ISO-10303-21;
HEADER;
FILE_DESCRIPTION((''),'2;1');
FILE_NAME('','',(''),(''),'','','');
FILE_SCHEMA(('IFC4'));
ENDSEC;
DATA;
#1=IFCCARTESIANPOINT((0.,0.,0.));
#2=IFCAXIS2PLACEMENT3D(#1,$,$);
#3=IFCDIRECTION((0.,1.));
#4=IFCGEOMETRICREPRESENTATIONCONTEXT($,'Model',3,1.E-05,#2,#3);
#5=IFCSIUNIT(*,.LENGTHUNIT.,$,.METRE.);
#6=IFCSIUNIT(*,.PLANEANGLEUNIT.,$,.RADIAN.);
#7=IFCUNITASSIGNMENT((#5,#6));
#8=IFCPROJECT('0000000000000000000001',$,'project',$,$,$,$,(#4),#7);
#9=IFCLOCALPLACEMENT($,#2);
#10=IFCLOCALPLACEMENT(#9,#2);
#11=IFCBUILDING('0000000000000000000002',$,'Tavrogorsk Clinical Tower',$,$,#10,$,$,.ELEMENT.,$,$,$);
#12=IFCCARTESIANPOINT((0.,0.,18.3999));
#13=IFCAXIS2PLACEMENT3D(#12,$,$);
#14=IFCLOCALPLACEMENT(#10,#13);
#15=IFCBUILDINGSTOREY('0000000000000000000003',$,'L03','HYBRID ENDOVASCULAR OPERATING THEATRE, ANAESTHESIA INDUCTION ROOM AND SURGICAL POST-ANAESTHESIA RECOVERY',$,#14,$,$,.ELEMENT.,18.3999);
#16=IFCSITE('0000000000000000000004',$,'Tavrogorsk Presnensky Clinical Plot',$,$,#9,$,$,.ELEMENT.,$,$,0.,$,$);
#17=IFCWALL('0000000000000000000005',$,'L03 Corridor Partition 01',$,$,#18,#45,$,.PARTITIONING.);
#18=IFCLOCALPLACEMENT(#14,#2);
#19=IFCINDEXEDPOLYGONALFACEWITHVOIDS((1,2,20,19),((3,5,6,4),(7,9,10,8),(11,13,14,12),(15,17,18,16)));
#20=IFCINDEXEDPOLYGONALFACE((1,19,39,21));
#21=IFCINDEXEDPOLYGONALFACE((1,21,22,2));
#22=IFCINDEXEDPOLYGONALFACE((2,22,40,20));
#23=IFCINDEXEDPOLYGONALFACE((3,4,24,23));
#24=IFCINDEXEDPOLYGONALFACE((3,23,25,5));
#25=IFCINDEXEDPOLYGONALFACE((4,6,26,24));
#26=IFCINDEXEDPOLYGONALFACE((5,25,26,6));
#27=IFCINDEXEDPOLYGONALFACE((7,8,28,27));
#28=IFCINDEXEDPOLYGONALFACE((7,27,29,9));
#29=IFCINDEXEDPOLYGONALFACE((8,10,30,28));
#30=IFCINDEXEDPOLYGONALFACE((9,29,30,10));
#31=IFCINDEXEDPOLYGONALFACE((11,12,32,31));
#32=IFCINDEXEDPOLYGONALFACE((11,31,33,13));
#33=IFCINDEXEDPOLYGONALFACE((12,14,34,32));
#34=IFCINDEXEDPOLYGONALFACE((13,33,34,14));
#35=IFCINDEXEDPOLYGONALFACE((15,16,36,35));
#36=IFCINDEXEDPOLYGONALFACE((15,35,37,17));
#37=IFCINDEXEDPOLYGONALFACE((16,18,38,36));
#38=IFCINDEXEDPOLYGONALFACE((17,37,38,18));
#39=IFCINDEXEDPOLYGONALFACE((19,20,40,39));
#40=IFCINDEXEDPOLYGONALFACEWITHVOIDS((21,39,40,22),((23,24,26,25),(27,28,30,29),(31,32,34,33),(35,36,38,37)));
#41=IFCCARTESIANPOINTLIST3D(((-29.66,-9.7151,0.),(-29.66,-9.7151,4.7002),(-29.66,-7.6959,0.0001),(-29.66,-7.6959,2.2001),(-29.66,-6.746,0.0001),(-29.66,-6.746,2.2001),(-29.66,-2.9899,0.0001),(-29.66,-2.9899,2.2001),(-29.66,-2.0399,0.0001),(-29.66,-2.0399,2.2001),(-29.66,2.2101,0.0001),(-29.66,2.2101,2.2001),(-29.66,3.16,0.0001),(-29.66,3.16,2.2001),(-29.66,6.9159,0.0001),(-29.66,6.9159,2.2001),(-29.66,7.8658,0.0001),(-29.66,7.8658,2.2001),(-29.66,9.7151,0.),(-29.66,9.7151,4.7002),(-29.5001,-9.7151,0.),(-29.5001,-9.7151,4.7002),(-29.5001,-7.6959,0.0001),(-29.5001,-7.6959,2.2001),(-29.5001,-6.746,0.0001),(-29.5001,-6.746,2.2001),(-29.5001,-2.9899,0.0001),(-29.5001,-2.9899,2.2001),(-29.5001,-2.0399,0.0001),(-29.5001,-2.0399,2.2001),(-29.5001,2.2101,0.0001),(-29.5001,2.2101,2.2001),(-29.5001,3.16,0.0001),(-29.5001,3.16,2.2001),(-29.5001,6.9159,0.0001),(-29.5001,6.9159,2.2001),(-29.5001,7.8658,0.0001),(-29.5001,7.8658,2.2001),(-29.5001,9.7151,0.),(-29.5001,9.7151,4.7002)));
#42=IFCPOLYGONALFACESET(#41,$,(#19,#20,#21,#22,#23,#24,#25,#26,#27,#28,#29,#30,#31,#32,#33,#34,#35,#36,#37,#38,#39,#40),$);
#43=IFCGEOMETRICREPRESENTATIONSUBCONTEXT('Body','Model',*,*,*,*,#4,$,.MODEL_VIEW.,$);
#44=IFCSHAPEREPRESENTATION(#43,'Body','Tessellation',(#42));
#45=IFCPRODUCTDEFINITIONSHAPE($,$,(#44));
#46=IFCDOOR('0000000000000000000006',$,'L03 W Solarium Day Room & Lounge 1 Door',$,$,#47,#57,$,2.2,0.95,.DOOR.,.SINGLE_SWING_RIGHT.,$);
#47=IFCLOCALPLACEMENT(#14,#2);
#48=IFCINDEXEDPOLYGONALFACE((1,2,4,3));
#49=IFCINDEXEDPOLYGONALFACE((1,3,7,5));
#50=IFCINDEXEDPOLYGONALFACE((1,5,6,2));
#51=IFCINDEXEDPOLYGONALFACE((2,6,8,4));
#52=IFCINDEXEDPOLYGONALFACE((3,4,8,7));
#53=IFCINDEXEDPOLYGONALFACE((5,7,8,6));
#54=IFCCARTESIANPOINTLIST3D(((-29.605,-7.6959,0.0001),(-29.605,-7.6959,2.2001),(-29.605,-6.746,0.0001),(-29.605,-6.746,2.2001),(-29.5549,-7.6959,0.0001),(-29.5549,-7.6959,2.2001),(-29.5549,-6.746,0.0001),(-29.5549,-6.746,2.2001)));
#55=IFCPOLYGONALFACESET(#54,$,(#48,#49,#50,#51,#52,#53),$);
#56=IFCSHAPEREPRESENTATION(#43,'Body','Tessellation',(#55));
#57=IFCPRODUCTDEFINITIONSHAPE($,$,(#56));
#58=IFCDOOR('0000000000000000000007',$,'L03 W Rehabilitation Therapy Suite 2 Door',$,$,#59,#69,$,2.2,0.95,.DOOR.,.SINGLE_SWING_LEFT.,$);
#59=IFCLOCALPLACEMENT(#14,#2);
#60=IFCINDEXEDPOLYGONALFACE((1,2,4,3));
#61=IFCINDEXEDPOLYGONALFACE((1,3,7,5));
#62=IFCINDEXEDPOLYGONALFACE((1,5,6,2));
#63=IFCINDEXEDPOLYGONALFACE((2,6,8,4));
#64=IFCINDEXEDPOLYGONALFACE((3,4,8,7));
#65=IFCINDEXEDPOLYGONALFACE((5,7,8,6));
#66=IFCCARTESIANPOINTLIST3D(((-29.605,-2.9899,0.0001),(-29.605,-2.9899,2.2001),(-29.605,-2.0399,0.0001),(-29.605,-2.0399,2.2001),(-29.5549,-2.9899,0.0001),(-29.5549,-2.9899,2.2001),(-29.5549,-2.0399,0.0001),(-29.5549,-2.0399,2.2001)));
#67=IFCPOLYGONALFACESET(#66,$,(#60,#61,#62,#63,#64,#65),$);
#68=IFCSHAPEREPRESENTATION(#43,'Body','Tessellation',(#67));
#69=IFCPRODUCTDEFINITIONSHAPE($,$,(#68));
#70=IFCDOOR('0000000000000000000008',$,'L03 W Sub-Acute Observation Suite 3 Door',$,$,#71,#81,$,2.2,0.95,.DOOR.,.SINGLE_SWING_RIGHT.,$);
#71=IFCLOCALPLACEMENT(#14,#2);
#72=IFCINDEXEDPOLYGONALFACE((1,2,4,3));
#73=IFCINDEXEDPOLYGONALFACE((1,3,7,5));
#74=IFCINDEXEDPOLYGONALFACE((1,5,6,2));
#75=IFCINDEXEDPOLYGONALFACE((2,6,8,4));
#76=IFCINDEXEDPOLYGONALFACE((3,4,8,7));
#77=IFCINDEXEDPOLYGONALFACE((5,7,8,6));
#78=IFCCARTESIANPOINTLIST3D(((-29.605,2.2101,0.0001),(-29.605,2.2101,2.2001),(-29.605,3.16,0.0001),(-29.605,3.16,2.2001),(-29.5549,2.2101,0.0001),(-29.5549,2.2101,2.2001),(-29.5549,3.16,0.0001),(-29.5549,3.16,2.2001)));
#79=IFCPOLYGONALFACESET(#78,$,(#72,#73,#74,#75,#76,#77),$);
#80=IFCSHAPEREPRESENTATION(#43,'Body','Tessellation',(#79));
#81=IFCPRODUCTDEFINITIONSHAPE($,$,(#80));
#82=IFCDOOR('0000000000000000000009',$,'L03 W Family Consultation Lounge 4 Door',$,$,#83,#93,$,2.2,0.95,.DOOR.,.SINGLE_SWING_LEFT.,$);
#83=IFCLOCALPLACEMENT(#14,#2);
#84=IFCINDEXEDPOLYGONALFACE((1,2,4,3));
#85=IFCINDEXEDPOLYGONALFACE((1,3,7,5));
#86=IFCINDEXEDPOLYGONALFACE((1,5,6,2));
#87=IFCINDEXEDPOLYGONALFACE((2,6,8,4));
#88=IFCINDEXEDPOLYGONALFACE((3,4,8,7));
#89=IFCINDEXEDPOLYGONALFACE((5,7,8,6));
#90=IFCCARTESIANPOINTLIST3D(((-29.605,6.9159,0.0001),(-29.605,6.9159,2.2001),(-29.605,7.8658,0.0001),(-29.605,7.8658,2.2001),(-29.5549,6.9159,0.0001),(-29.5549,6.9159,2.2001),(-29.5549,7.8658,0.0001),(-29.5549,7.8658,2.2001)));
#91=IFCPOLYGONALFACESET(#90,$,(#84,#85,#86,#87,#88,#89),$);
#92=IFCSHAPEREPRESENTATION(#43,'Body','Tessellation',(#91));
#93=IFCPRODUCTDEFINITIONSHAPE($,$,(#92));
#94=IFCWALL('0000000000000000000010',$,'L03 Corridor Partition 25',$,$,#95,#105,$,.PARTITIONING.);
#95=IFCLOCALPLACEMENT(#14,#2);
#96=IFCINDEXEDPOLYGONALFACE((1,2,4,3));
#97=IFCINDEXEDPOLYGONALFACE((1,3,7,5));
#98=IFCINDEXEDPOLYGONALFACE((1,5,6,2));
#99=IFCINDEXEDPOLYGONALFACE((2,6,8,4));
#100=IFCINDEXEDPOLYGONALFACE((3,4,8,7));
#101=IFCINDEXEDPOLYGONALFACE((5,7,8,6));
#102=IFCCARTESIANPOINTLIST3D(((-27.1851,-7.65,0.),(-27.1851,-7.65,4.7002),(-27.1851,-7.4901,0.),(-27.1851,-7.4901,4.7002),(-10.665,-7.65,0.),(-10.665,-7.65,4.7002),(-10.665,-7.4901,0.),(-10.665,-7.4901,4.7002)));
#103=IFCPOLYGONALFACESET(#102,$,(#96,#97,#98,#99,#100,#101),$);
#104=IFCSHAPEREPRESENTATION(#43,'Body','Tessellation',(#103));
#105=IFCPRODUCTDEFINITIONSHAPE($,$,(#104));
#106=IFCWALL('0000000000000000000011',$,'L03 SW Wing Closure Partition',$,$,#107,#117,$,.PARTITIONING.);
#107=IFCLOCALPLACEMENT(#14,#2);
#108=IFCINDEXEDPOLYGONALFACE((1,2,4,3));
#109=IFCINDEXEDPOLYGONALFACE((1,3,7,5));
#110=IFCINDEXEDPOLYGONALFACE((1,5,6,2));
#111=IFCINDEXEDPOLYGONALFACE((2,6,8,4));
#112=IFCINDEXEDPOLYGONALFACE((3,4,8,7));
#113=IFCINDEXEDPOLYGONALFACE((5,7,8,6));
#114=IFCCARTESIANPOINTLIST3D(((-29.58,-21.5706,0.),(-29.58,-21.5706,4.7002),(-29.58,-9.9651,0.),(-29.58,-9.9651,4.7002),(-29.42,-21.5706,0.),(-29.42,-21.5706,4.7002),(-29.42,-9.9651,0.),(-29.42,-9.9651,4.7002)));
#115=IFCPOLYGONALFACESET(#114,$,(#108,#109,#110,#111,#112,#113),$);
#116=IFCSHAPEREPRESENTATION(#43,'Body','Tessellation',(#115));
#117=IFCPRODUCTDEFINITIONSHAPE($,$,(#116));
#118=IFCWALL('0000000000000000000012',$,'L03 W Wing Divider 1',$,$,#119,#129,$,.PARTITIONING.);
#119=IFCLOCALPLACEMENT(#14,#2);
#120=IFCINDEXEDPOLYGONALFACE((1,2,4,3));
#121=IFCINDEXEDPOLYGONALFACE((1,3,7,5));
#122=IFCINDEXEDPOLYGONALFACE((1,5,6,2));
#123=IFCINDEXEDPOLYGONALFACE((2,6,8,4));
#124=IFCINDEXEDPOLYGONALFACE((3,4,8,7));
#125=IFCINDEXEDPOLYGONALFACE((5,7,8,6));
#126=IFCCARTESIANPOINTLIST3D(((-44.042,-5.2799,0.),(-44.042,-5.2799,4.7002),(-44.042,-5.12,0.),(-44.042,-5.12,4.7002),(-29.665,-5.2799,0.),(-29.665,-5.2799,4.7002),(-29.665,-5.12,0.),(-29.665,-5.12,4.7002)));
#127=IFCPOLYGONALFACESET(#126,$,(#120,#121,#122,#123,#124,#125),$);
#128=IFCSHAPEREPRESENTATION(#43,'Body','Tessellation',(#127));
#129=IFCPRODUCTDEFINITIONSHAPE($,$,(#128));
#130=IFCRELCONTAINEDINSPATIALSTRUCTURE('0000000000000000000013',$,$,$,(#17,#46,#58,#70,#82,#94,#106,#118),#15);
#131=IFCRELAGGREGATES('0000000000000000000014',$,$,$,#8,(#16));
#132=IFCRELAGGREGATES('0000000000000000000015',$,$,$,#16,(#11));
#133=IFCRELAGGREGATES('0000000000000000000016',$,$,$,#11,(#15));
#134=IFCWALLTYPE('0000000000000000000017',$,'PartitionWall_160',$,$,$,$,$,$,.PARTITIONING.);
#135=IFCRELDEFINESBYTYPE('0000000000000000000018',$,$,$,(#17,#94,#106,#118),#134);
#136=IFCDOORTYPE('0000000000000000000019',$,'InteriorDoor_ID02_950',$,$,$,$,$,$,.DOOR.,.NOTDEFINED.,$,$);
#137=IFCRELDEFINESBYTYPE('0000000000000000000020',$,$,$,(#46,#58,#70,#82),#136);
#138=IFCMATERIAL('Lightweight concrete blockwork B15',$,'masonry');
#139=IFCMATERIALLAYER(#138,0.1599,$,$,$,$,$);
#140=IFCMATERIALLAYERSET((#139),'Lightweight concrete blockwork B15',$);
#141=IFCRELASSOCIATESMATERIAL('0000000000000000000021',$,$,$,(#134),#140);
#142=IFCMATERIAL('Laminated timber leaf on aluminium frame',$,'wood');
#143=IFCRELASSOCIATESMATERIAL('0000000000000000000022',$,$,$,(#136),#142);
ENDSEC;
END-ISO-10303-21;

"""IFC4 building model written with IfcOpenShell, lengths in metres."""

from ifc_helpers import new_model, si_unit, direction, frame, frame_2d, origin, place, context, subcontext, project, spatial, rectangle, extrude, material, layer, layer_set, type_object, element, fill, save


model = new_model("IFC4")

# Units and contexts
model_context = context("Model", 3, precision=1e-05, world=origin(), true_north=direction((0.0, 1.0)))
body_context = subcontext(model_context, "Body", "Model", "MODEL_VIEW")
ifc_project = project(units=[si_unit("LENGTHUNIT", "METRE"), si_unit("PLANEANGLEUNIT", "RADIAN")], contexts=[model_context])

# Site, building, storey
site_placement = place(None, origin())
site = spatial("IfcSite", under=ifc_project, at=site_placement, Name="Tavrogorsk Presnensky Clinical Plot", CompositionType="ELEMENT", RefElevation=0.0)
building_placement = place(site_placement, origin())
building = spatial("IfcBuilding", under=site, at=building_placement, Name="Tavrogorsk Clinical Tower", CompositionType="ELEMENT")
storey_placement = place(building_placement, frame((0.0, 0.0, 18.3999)))
storey = spatial("IfcBuildingStorey", under=building, at=storey_placement, Name="L03", Description="HYBRID ENDOVASCULAR OPERATING THEATRE, ANAESTHESIA INDUCTION ROOM AND SURGICAL POST-ANAESTHESIA RECOVERY", CompositionType="ELEMENT", Elevation=18.3999)

# Shared definitions
ifc_material_1 = material(Name="Lightweight concrete blockwork B15", Category="masonry")
ifc_layer_1 = layer(ifc_material_1, 0.1599)
ifc_layer_set_1 = layer_set([ifc_layer_1], Name="Lightweight concrete blockwork B15")
wall_type_1 = type_object("IfcWallType", Name="PartitionWall_160", PredefinedType="PARTITIONING", material=ifc_layer_set_1)

# Wall, openings, doors
wall_1_placement = place(storey_placement, frame((-29.5801, -9.7151, 0.0), z_axis=(0.0, 0.0, 1.0), x_axis=(0.0, 1.0, 0.0)))
wall_1 = element("IfcWall", 1, at=wall_1_placement, inside=storey, type_object=wall_type_1, Name="L03 Corridor Partition 01", PredefinedType="PARTITIONING", context=body_context, shape_type="SweptSolid", body=[
    extrude(rectangle(XDim=19.4302, YDim=0.1599, at=frame_2d((9.7151, 0.0))), origin(), (0.0, 0.0, 1.0), 4.7002),
])
opening_1_placement = place(wall_1_placement, frame((2.019, 0.0, 0.0)))
opening_1 = element("IfcOpeningElement", 2, at=opening_1_placement, cuts=wall_1, PredefinedType="OPENING", context=body_context, shape_type="SweptSolid", body=[
    extrude(rectangle(XDim=0.95, YDim=2.2, at=frame_2d((0.4751, 1.1001))), frame((0.0, 0.0898, 0.0), z_axis=(0.0, -1.0, 0.0), x_axis=(1.0, 0.0, 0.0)), (0.0, 0.0, 1.0), 0.1799),
])
opening_2_placement = place(wall_1_placement, frame((6.7251, 0.0, 0.0)))
opening_2 = element("IfcOpeningElement", 3, at=opening_2_placement, cuts=wall_1, PredefinedType="OPENING", context=body_context, shape_type="SweptSolid", body=[
    extrude(rectangle(XDim=0.95, YDim=2.2, at=frame_2d((0.4751, 1.1001))), frame((0.0, 0.0898, 0.0), z_axis=(0.0, -1.0, 0.0), x_axis=(1.0, 0.0, 0.0)), (0.0, 0.0, 1.0), 0.1799),
])
opening_3_placement = place(wall_1_placement, frame((11.925, 0.0, 0.0)))
opening_3 = element("IfcOpeningElement", 4, at=opening_3_placement, cuts=wall_1, PredefinedType="OPENING", context=body_context, shape_type="SweptSolid", body=[
    extrude(rectangle(XDim=0.95, YDim=2.2, at=frame_2d((0.4751, 1.1001))), frame((0.0, 0.0898, 0.0), z_axis=(0.0, -1.0, 0.0), x_axis=(1.0, 0.0, 0.0)), (0.0, 0.0, 1.0), 0.1799),
])
opening_4_placement = place(wall_1_placement, frame((16.6309, 0.0, 0.0)))
opening_4 = element("IfcOpeningElement", 5, at=opening_4_placement, cuts=wall_1, PredefinedType="OPENING", context=body_context, shape_type="SweptSolid", body=[
    extrude(rectangle(XDim=0.95, YDim=2.2, at=frame_2d((0.4751, 1.1001))), frame((0.0, 0.0898, 0.0), z_axis=(0.0, -1.0, 0.0), x_axis=(1.0, 0.0, 0.0)), (0.0, 0.0, 1.0), 0.1799),
])
ifc_material_2 = material(Name="Laminated timber leaf on aluminium frame", Category="wood")
door_type = type_object("IfcDoorType", Name="InteriorDoor_ID02_950", OperationType="NOTDEFINED", PredefinedType="DOOR", material=ifc_material_2)
door_1_placement = place(opening_1_placement, origin())
door_1 = element("IfcDoor", 6, at=door_1_placement, inside=storey, type_object=door_type, Name="L03 W Solarium Day Room & Lounge 1 Door", OperationType="SINGLE_SWING_RIGHT", OverallHeight=2.2, OverallWidth=0.95, PredefinedType="DOOR", context=body_context, shape_type="SweptSolid", body=[
    extrude(rectangle(XDim=0.95, YDim=2.2, at=frame_2d((0.4751, 1.1001))), frame((0.0, 0.0249, 0.0), z_axis=(0.0, -1.0, 0.0), x_axis=(1.0, 0.0, 0.0)), (0.0, 0.0, 1.0), 0.05),
])
fill(opening_1, door_1)
door_2_placement = place(opening_2_placement, origin())
door_2 = element("IfcDoor", 7, at=door_2_placement, inside=storey, type_object=door_type, Name="L03 W Rehabilitation Therapy Suite 2 Door", OperationType="SINGLE_SWING_LEFT", OverallHeight=2.2, OverallWidth=0.95, PredefinedType="DOOR", context=body_context, shape_type="SweptSolid", body=[
    extrude(rectangle(XDim=0.95, YDim=2.2, at=frame_2d((0.4751, 1.1001))), frame((0.0, 0.0249, 0.0), z_axis=(0.0, -1.0, 0.0), x_axis=(1.0, 0.0, 0.0)), (0.0, 0.0, 1.0), 0.05),
])
fill(opening_2, door_2)
door_3_placement = place(opening_3_placement, origin())
door_3 = element("IfcDoor", 8, at=door_3_placement, inside=storey, type_object=door_type, Name="L03 W Sub-Acute Observation Suite 3 Door", OperationType="SINGLE_SWING_RIGHT", OverallHeight=2.2, OverallWidth=0.95, PredefinedType="DOOR", context=body_context, shape_type="SweptSolid", body=[
    extrude(rectangle(XDim=0.95, YDim=2.2, at=frame_2d((0.4751, 1.1001))), frame((0.0, 0.0249, 0.0), z_axis=(0.0, -1.0, 0.0), x_axis=(1.0, 0.0, 0.0)), (0.0, 0.0, 1.0), 0.05),
])
fill(opening_3, door_3)
door_4_placement = place(opening_4_placement, origin())
door_4 = element("IfcDoor", 9, at=door_4_placement, inside=storey, type_object=door_type, Name="L03 W Family Consultation Lounge 4 Door", OperationType="SINGLE_SWING_LEFT", OverallHeight=2.2, OverallWidth=0.95, PredefinedType="DOOR", context=body_context, shape_type="SweptSolid", body=[
    extrude(rectangle(XDim=0.95, YDim=2.2, at=frame_2d((0.4751, 1.1001))), frame((0.0, 0.0249, 0.0), z_axis=(0.0, -1.0, 0.0), x_axis=(1.0, 0.0, 0.0)), (0.0, 0.0, 1.0), 0.05),
])
fill(opening_4, door_4)

# Walls
wall_2_placement = place(storey_placement, frame((-27.1851, -7.5701, 0.0), z_axis=(0.0, 0.0, 1.0), x_axis=(1.0, 0.0, 0.0)))
element("IfcWall", 10, at=wall_2_placement, inside=storey, type_object=wall_type_1, Name="L03 Corridor Partition 25", PredefinedType="PARTITIONING", context=body_context, shape_type="SweptSolid", body=[
    extrude(rectangle(XDim=16.52, YDim=0.1599, at=frame_2d((8.26, 0.0))), origin(), (0.0, 0.0, 1.0), 4.7002),
])
wall_3_placement = place(storey_placement, frame((-29.5, -21.5706, 0.0), z_axis=(0.0, 0.0, 1.0), x_axis=(0.0, 1.0, 0.0)))
element("IfcWall", 11, at=wall_3_placement, inside=storey, type_object=wall_type_1, Name="L03 SW Wing Closure Partition", PredefinedType="PARTITIONING", context=body_context, shape_type="SweptSolid", body=[
    extrude(rectangle(XDim=11.6055, YDim=0.1599, at=frame_2d((5.8027, 0.0))), origin(), (0.0, 0.0, 1.0), 4.7002),
])
wall_4_placement = place(storey_placement, frame((-44.042, -5.2, 0.0), z_axis=(0.0, 0.0, 1.0), x_axis=(1.0, 0.0, 0.0)))
element("IfcWall", 12, at=wall_4_placement, inside=storey, type_object=wall_type_1, Name="L03 W Wing Divider 1", PredefinedType="PARTITIONING", context=body_context, shape_type="SweptSolid", body=[
    extrude(rectangle(XDim=14.377, YDim=0.1599, at=frame_2d((7.1885, 0.0))), origin(), (0.0, 0.0, 1.0), 4.7002),
])

save(model, "model.ifc")
